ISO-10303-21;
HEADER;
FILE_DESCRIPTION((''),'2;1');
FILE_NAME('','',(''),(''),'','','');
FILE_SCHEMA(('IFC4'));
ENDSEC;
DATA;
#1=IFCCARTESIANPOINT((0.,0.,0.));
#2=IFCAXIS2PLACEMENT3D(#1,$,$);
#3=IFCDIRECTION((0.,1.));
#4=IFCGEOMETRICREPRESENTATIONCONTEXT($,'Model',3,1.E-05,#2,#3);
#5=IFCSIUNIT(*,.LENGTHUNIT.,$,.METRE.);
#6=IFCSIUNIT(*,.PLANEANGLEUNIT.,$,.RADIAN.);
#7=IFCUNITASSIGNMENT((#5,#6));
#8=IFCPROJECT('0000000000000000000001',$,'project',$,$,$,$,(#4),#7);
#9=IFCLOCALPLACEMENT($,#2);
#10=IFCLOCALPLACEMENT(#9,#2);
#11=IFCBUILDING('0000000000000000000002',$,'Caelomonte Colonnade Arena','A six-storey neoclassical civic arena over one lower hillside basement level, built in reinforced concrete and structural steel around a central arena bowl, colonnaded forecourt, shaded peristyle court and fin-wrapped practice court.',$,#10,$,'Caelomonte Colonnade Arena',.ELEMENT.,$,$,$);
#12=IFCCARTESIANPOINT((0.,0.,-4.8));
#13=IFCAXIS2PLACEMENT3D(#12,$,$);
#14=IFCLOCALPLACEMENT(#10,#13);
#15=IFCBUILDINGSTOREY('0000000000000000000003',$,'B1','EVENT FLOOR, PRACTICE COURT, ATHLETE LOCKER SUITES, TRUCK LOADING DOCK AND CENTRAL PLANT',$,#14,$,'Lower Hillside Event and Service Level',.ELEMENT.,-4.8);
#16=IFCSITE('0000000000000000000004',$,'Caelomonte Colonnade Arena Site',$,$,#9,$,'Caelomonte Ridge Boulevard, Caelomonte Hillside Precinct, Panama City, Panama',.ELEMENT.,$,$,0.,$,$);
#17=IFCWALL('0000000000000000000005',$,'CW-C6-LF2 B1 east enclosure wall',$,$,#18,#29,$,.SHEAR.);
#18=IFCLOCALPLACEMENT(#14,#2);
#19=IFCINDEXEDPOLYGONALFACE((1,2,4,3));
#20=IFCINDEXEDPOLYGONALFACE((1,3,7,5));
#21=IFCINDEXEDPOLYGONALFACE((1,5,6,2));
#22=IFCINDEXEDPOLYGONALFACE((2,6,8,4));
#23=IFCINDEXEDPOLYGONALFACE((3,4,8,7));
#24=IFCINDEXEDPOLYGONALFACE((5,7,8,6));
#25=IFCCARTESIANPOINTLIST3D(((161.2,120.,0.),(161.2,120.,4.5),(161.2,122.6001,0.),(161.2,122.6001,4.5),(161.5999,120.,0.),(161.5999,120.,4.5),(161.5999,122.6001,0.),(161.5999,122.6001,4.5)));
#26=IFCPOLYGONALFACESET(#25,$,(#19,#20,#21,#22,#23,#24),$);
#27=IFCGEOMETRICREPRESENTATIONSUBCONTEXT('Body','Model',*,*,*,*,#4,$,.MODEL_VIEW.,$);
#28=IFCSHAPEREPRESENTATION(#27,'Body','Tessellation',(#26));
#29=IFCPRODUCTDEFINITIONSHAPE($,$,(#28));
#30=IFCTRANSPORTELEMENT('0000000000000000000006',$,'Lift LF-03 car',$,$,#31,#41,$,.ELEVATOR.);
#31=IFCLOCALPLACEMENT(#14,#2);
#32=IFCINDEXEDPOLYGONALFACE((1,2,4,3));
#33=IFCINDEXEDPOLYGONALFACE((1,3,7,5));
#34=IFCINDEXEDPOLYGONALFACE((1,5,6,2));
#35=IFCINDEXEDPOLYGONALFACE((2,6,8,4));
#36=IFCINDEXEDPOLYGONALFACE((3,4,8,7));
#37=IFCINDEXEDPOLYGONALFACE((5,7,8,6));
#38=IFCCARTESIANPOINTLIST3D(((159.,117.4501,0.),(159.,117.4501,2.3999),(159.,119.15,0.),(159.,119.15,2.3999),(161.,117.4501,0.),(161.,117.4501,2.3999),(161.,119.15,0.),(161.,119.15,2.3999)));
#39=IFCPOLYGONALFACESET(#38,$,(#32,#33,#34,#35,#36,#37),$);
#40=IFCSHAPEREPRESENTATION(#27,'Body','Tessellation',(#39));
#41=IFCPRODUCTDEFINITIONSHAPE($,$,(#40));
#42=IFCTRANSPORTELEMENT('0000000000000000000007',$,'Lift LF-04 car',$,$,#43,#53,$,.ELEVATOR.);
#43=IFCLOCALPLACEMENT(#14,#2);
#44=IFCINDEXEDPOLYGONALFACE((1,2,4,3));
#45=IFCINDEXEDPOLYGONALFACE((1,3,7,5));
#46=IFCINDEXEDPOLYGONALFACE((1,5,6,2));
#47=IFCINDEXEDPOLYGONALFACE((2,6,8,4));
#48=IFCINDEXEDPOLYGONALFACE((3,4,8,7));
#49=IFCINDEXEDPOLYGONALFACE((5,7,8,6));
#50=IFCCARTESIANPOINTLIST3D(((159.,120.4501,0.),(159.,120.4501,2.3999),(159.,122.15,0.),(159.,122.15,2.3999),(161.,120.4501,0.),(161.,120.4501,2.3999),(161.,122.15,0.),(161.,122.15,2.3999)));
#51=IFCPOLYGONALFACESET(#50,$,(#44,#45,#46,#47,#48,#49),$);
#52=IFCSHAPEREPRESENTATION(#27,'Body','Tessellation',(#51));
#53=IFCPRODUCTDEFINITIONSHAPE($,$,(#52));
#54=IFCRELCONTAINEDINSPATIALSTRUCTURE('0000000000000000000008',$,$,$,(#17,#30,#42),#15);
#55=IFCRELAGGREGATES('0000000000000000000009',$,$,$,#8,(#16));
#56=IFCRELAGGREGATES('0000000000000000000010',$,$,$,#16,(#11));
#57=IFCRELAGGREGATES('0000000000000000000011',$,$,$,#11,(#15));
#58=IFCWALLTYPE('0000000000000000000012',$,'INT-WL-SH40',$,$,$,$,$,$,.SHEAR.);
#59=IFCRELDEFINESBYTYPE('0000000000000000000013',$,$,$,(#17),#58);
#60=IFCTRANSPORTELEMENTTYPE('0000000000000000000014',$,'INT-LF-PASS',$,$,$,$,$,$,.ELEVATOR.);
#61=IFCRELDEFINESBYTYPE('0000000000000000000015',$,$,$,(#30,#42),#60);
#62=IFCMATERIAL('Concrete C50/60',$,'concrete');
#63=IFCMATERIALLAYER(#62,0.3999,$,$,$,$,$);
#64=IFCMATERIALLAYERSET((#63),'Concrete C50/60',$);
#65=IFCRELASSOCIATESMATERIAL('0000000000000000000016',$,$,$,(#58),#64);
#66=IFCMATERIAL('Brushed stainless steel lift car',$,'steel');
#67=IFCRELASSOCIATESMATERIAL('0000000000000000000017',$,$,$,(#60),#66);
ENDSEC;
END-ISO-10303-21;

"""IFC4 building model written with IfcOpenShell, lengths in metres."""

from ifc_helpers import new_model, si_unit, direction, frame, frame_2d, origin, origin_2d, place, context, subcontext, project, spatial, rectangle, extrude, material, layer, layer_set, type_object, element, save


model = new_model("IFC4")

# Units and contexts
model_context = context("Model", 3, precision=1e-05, world=origin(), true_north=direction((0.0, 1.0)))
body_context = subcontext(model_context, "Body", "Model", "MODEL_VIEW")
ifc_project = project(units=[si_unit("LENGTHUNIT", "METRE"), si_unit("PLANEANGLEUNIT", "RADIAN")], contexts=[model_context])

# Site, building, storey
site_placement = place(None, origin())
site = spatial("IfcSite", under=ifc_project, at=site_placement, Name="Caelomonte Colonnade Arena Site", LongName="Caelomonte Ridge Boulevard, Caelomonte Hillside Precinct, Panama City, Panama", CompositionType="ELEMENT", RefElevation=0.0)
building_placement = place(site_placement, origin())
building = spatial("IfcBuilding", under=site, at=building_placement, Name="Caelomonte Colonnade Arena", Description="A six-storey neoclassical civic arena over one lower hillside basement level, built in reinforced concrete and structural steel around a central arena bowl, colonnaded forecourt, shaded peristyle court and fin-wrapped practice court.", LongName="Caelomonte Colonnade Arena", CompositionType="ELEMENT")
storey_placement = place(building_placement, frame((0.0, 0.0, -4.8)))
storey = spatial("IfcBuildingStorey", under=building, at=storey_placement, Name="B1", Description="EVENT FLOOR, PRACTICE COURT, ATHLETE LOCKER SUITES, TRUCK LOADING DOCK AND CENTRAL PLANT", LongName="Lower Hillside Event and Service Level", CompositionType="ELEMENT", Elevation=-4.8)

# Shared definitions
ifc_material_1 = material(Name="Concrete C50/60", Category="concrete")
ifc_layer_1 = layer(ifc_material_1, 0.3999)
ifc_layer_set_1 = layer_set([ifc_layer_1], Name="Concrete C50/60")
wall_type_1 = type_object("IfcWallType", Name="INT-WL-SH40", PredefinedType="SHEAR", material=ifc_layer_set_1)

# Wall
wall_1_placement = place(storey_placement, frame((161.3999, 120.0, 0.0), z_axis=(0.0, 0.0, 1.0), x_axis=(0.0, 1.0, 0.0)))
element("IfcWall", 1, at=wall_1_placement, inside=storey, type_object=wall_type_1, Name="CW-C6-LF2 B1 east enclosure wall", PredefinedType="SHEAR", context=body_context, shape_type="SweptSolid", body=[
    extrude(rectangle(XDim=2.6001, YDim=0.3999, at=frame_2d((1.3, 0.0))), origin(), (0.0, 0.0, 1.0), 4.5),
])

# Transport elements
ifc_material_2 = material(Name="Brushed stainless steel lift car", Category="steel")
transport_element_type = type_object("IfcTransportElementType", Name="INT-LF-PASS", PredefinedType="ELEVATOR", material=ifc_material_2)
for number, where, z_axis, x_axis, name in (
    (2, (160.0, 118.3, 0.0), (0.0, 0.0, 1.0), (1.0, 0.0, 0.0), "Lift LF-03 car"),
    (3, (160.0, 121.3, 0.0), (0.0, 0.0, 1.0), (1.0, 0.0, 0.0), "Lift LF-04 car"),
):
    element("IfcTransportElement", number, at=place(storey_placement, frame(where, z_axis=z_axis, x_axis=x_axis)), inside=storey, type_object=transport_element_type, Name=name, PredefinedType="ELEVATOR", context=body_context, shape_type="SweptSolid", body=[
        extrude(rectangle(XDim=2.0, YDim=1.7, at=origin_2d()), origin(), (0.0, 0.0, 1.0), 2.3999),
    ])

save(model, "model.ifc")
